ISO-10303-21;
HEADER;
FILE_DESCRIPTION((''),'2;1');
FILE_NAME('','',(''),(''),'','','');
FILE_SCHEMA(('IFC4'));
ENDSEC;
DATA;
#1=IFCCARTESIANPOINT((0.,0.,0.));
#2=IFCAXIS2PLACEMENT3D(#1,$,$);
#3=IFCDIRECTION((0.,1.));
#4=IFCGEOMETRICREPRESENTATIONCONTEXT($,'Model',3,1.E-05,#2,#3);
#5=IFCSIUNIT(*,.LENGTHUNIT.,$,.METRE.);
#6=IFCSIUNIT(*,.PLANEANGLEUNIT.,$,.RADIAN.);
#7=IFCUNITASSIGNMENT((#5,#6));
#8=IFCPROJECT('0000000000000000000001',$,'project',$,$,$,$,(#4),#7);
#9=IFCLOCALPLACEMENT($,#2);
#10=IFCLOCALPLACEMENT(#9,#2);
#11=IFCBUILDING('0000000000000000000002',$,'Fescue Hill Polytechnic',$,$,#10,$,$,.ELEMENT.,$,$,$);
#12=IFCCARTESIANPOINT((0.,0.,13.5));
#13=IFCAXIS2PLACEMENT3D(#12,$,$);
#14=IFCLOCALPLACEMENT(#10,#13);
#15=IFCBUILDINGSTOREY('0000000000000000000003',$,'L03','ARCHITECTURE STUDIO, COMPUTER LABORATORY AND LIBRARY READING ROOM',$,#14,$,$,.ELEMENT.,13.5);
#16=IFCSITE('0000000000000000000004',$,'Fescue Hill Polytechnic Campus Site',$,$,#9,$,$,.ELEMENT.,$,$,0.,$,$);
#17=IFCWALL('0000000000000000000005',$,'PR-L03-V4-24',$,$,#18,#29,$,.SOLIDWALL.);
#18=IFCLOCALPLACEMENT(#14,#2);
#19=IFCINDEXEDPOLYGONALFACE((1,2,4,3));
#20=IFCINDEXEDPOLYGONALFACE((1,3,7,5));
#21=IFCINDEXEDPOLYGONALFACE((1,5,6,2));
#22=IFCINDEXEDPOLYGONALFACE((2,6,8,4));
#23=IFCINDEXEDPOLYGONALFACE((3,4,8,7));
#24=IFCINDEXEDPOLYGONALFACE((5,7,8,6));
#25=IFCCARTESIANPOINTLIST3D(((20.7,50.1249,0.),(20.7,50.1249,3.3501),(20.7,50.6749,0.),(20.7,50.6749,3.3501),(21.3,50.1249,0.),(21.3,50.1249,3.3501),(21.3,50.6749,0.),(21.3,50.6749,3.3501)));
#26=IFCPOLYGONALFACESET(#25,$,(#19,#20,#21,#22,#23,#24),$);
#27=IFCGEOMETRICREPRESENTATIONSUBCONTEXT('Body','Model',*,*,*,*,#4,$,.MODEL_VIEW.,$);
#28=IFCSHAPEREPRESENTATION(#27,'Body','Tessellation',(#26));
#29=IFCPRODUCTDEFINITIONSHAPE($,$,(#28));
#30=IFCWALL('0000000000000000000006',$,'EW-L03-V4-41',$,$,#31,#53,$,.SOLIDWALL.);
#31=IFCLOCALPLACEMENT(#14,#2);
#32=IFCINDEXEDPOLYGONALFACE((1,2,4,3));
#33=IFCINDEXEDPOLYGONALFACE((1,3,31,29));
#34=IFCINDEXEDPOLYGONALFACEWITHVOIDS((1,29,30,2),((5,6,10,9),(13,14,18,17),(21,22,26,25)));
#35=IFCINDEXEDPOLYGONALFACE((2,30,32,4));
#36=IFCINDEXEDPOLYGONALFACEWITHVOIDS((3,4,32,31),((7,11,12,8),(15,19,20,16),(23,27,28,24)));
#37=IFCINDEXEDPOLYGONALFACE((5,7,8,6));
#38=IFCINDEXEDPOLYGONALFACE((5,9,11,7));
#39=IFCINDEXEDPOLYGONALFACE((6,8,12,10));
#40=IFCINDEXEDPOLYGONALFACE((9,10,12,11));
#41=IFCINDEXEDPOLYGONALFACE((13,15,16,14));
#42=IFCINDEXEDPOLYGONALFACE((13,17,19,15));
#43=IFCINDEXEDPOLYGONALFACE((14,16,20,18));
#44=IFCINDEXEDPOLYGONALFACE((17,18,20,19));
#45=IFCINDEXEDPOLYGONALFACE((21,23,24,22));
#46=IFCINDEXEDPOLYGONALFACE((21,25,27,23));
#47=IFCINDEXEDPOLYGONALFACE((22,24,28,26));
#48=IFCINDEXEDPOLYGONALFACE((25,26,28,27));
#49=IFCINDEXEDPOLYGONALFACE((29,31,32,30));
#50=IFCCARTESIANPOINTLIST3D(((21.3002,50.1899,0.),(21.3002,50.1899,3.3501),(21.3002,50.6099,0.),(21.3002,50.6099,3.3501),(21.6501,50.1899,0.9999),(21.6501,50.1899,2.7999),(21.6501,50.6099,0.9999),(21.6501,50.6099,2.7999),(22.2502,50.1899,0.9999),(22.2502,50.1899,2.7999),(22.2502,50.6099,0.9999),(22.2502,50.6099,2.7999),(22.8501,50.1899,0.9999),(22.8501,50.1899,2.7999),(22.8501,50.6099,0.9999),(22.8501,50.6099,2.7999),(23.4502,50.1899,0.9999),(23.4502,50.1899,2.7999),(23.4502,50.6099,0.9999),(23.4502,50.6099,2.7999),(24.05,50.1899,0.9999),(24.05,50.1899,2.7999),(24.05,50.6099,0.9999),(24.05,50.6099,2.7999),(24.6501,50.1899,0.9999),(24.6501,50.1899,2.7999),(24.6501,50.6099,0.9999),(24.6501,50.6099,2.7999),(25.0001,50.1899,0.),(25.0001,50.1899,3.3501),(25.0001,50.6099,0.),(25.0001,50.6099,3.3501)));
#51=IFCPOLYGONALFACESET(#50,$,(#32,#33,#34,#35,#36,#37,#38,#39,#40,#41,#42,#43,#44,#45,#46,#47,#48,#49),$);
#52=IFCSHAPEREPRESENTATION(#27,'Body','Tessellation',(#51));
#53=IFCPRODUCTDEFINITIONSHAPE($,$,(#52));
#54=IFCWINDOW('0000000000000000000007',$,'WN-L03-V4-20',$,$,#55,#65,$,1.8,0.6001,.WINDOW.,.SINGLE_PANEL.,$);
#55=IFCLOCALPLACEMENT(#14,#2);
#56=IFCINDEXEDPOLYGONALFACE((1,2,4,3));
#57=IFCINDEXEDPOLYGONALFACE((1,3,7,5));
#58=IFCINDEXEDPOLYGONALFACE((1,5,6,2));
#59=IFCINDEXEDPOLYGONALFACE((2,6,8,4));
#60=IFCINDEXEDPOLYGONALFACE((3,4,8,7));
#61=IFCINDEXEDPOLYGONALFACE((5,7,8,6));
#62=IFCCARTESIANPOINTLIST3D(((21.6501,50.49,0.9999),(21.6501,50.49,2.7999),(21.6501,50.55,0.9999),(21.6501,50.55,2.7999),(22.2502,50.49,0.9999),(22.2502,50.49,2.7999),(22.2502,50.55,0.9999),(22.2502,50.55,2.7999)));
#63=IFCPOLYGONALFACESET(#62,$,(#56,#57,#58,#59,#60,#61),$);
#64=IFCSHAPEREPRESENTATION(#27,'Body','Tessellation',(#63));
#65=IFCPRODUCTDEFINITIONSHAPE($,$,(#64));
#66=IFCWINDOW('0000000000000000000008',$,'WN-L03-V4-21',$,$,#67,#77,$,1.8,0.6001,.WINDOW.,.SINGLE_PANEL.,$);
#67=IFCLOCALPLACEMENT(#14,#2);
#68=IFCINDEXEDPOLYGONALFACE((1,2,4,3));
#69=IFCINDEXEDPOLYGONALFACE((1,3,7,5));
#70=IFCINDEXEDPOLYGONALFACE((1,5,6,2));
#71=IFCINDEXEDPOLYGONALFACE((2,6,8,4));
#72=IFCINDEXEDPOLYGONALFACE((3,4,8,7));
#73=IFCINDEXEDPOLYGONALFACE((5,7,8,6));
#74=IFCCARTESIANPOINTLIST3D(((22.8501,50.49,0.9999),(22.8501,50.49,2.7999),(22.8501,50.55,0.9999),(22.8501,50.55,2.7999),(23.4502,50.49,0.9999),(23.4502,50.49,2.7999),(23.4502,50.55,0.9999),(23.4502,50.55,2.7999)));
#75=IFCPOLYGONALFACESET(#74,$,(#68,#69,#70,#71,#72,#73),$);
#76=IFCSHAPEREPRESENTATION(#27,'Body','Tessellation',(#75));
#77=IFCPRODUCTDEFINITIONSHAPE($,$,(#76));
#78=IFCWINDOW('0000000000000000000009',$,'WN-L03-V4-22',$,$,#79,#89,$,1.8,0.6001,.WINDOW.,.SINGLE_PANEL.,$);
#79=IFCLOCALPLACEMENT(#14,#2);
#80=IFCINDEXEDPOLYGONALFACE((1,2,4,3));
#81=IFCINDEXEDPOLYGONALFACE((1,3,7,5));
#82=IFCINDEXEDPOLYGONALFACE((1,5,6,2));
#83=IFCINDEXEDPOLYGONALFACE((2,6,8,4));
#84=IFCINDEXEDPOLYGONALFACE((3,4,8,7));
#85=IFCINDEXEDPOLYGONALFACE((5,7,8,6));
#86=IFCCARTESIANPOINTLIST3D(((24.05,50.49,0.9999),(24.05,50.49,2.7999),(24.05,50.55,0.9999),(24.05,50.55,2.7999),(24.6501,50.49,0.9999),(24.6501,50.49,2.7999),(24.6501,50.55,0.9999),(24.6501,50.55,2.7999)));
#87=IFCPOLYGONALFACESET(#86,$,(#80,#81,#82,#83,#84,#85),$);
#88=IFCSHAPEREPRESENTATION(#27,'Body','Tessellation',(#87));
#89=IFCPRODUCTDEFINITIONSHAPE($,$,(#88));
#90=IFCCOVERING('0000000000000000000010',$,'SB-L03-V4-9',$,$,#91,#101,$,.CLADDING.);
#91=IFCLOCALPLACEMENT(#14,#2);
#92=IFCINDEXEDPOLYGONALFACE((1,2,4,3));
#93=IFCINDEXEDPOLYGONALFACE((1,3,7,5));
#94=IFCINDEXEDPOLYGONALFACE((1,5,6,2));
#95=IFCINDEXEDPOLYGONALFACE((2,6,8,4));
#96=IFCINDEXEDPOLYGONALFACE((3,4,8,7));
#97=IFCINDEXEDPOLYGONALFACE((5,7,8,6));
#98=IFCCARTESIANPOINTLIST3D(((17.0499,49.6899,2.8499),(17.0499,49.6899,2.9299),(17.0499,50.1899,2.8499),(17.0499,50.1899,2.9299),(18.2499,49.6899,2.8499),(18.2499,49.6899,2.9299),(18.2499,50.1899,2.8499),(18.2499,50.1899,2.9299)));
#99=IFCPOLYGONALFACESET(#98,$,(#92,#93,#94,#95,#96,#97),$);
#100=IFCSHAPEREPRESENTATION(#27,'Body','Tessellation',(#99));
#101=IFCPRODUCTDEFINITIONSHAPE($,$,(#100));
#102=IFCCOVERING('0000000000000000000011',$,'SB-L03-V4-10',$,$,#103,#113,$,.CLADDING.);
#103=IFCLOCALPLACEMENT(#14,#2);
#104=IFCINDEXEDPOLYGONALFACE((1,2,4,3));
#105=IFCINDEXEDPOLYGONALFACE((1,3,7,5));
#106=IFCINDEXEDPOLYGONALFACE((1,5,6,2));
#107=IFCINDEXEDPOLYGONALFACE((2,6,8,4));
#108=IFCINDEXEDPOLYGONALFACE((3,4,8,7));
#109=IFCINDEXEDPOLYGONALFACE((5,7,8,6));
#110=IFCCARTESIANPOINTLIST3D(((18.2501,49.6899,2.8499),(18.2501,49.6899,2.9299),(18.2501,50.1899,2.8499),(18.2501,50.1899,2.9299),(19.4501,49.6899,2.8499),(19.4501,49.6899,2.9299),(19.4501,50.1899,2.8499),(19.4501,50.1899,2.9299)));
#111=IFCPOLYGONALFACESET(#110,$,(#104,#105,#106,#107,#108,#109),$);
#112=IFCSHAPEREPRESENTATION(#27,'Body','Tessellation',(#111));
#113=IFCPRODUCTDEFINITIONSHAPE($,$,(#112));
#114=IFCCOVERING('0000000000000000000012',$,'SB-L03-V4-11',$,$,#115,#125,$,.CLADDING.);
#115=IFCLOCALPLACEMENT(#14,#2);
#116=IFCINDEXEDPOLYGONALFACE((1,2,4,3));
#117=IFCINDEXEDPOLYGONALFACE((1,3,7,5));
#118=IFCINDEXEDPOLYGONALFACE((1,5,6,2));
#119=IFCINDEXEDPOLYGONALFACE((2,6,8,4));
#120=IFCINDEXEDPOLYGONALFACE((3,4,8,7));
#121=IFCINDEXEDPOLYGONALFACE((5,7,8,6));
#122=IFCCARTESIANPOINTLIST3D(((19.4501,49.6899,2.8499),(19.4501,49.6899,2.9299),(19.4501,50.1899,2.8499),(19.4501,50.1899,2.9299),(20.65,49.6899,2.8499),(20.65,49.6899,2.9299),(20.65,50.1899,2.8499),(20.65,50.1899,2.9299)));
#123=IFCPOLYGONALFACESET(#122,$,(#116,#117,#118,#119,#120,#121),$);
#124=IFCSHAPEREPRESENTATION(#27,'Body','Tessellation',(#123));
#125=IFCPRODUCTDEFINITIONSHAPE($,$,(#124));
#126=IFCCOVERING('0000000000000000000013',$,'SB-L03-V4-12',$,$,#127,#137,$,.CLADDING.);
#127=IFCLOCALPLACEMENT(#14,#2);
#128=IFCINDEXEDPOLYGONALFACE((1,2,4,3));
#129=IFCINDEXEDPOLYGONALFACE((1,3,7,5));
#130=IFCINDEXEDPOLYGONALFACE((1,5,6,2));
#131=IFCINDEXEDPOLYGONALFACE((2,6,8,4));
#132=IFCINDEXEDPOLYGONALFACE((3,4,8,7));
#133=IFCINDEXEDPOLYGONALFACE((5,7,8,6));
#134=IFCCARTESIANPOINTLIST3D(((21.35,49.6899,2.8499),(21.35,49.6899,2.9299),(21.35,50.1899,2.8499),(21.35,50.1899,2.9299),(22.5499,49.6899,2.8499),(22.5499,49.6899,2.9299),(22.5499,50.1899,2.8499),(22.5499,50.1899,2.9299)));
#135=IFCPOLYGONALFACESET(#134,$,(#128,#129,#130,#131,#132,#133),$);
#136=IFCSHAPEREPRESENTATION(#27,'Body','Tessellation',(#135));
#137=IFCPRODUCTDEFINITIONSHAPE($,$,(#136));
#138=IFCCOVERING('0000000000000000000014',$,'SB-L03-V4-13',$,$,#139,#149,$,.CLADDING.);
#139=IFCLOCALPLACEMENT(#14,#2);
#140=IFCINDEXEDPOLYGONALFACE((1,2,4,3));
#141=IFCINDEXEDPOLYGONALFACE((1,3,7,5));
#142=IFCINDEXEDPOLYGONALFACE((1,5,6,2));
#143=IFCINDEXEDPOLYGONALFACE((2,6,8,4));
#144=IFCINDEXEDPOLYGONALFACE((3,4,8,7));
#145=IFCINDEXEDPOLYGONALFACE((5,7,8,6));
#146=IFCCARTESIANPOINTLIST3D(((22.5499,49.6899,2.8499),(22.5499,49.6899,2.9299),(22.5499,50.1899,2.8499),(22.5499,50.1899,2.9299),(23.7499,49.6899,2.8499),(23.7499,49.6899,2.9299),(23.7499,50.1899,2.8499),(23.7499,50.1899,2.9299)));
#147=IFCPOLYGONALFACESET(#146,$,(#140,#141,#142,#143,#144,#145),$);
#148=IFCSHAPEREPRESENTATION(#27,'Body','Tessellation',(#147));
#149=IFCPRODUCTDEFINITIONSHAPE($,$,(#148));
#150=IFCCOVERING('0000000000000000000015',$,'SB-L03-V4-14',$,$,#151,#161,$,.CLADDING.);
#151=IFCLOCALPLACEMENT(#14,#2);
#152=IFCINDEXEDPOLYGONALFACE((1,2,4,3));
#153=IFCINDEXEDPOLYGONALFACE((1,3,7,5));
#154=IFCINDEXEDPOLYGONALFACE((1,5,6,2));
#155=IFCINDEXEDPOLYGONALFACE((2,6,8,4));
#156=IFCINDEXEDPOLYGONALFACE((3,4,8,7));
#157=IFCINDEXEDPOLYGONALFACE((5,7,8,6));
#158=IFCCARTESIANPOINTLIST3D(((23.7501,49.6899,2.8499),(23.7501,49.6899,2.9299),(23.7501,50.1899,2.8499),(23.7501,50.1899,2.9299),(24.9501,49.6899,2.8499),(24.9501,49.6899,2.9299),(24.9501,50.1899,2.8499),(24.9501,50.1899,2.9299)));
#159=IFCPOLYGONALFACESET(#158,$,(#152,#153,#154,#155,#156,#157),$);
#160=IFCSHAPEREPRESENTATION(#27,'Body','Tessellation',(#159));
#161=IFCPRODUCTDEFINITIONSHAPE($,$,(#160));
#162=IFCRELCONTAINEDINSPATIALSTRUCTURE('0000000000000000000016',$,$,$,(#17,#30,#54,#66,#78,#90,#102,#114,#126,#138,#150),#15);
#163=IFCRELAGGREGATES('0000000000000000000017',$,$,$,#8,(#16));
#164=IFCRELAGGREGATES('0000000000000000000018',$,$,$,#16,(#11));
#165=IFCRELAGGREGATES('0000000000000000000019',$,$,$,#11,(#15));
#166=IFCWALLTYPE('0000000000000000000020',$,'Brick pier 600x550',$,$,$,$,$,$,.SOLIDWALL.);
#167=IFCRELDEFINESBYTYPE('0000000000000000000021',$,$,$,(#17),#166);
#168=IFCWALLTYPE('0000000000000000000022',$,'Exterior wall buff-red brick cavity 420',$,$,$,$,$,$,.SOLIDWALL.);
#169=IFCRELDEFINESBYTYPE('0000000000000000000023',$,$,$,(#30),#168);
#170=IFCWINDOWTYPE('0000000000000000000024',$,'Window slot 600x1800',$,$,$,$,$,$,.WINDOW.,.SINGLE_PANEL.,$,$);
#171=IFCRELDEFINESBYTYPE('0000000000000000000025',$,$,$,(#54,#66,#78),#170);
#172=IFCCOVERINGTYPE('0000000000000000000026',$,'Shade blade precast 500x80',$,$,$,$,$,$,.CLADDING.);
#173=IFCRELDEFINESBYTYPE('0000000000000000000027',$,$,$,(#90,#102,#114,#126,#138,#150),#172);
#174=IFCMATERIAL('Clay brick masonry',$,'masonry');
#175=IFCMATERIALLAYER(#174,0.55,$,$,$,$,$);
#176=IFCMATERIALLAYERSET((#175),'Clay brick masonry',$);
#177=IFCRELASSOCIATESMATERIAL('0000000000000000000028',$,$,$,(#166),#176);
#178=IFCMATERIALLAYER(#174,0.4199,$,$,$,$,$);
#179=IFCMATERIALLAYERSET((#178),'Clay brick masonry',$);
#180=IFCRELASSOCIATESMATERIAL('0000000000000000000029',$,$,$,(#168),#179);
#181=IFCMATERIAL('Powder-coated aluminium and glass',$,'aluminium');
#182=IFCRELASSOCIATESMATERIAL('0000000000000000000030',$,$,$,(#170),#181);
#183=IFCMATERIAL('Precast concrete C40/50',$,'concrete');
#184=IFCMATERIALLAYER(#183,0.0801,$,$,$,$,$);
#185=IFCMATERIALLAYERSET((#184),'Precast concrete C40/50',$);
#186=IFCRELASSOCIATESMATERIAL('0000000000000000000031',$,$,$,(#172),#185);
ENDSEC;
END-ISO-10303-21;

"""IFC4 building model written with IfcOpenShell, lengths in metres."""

from ifc_helpers import new_model, si_unit, direction, frame, frame_2d, origin, origin_2d, place, context, subcontext, project, spatial, rectangle, extrude, material, layer, layer_set, type_object, element, fill, save


model = new_model("IFC4")

# Units and contexts
model_context = context("Model", 3, precision=1e-05, world=origin(), true_north=direction((0.0, 1.0)))
body_context = subcontext(model_context, "Body", "Model", "MODEL_VIEW")
ifc_project = project(units=[si_unit("LENGTHUNIT", "METRE"), si_unit("PLANEANGLEUNIT", "RADIAN")], contexts=[model_context])

# Site, building, storey
site_placement = place(None, origin())
site = spatial("IfcSite", under=ifc_project, at=site_placement, Name="Fescue Hill Polytechnic Campus Site", CompositionType="ELEMENT", RefElevation=0.0)
building_placement = place(site_placement, origin())
building = spatial("IfcBuilding", under=site, at=building_placement, Name="Fescue Hill Polytechnic", CompositionType="ELEMENT")
storey_placement = place(building_placement, frame((0.0, 0.0, 13.5)))
storey = spatial("IfcBuildingStorey", under=building, at=storey_placement, Name="L03", Description="ARCHITECTURE STUDIO, COMPUTER LABORATORY AND LIBRARY READING ROOM", CompositionType="ELEMENT", Elevation=13.5)

# Wall
ifc_material_1 = material(Name="Clay brick masonry", Category="masonry")
ifc_layer_1 = layer(ifc_material_1, 0.55)
ifc_layer_set_1 = layer_set([ifc_layer_1], Name="Clay brick masonry")
wall_type_1 = type_object("IfcWallType", Name="Brick pier 600x550", PredefinedType="SOLIDWALL", material=ifc_layer_set_1)
wall_1_placement = place(storey_placement, frame((20.7, 50.3999, 0.0), z_axis=(0.0, 0.0, 1.0), x_axis=(1.0, 0.0, 0.0)))
element("IfcWall", 1, at=wall_1_placement, inside=storey, type_object=wall_type_1, Name="PR-L03-V4-24", PredefinedType="SOLIDWALL", context=body_context, shape_type="SweptSolid", body=[
    extrude(rectangle(XDim=0.6001, YDim=0.55, at=frame_2d((0.3, 0.0))), origin(), (0.0, 0.0, 1.0), 3.3501),
])

# Wall, openings, windows
ifc_layer_2 = layer(ifc_material_1, 0.4199)
ifc_layer_set_2 = layer_set([ifc_layer_2], Name="Clay brick masonry")
wall_type_2 = type_object("IfcWallType", Name="Exterior wall buff-red brick cavity 420", PredefinedType="SOLIDWALL", material=ifc_layer_set_2)
wall_2_placement = place(storey_placement, frame((21.3, 50.3999, 0.0), z_axis=(0.0, 0.0, 1.0), x_axis=(1.0, 0.0, 0.0)))
wall_2 = element("IfcWall", 2, at=wall_2_placement, inside=storey, type_object=wall_type_2, Name="EW-L03-V4-41", PredefinedType="SOLIDWALL", context=body_context, shape_type="SweptSolid", body=[
    extrude(rectangle(XDim=3.7, YDim=0.4199, at=frame_2d((1.8501, 0.0))), origin(), (0.0, 0.0, 1.0), 3.3501),
])
opening_1_placement = place(wall_2_placement, frame((0.3501, 0.0, 1.0)))
opening_1 = element("IfcOpeningElement", 3, at=opening_1_placement, cuts=wall_2, PredefinedType="OPENING", context=body_context, shape_type="SweptSolid", body=[
    extrude(rectangle(XDim=0.6001, YDim=1.8, at=frame_2d((0.3, 0.8999))), frame((0.0, 0.22, 0.0), z_axis=(0.0, -1.0, 0.0), x_axis=(1.0, 0.0, 0.0)), (0.0, 0.0, 1.0), 0.4399),
])
opening_2_placement = place(wall_2_placement, frame((1.55, 0.0, 1.0)))
opening_2 = element("IfcOpeningElement", 4, at=opening_2_placement, cuts=wall_2, PredefinedType="OPENING", context=body_context, shape_type="SweptSolid", body=[
    extrude(rectangle(XDim=0.6001, YDim=1.8, at=frame_2d((0.3, 0.8999))), frame((0.0, 0.22, 0.0), z_axis=(0.0, -1.0, 0.0), x_axis=(1.0, 0.0, 0.0)), (0.0, 0.0, 1.0), 0.4399),
])
opening_3_placement = place(wall_2_placement, frame((2.75, 0.0, 1.0)))
opening_3 = element("IfcOpeningElement", 5, at=opening_3_placement, cuts=wall_2, PredefinedType="OPENING", context=body_context, shape_type="SweptSolid", body=[
    extrude(rectangle(XDim=0.6001, YDim=1.8, at=frame_2d((0.3, 0.8999))), frame((0.0, 0.22, 0.0), z_axis=(0.0, -1.0, 0.0), x_axis=(1.0, 0.0, 0.0)), (0.0, 0.0, 1.0), 0.4399),
])
ifc_material_2 = material(Name="Powder-coated aluminium and glass", Category="aluminium")
window_type = type_object("IfcWindowType", Name="Window slot 600x1800", PartitioningType="SINGLE_PANEL", PredefinedType="WINDOW", material=ifc_material_2)
window_1_placement = place(opening_1_placement, origin())
window_1 = element("IfcWindow", 6, at=window_1_placement, inside=storey, type_object=window_type, Name="WN-L03-V4-20", OverallHeight=1.8, OverallWidth=0.6001, PartitioningType="SINGLE_PANEL", PredefinedType="WINDOW", context=body_context, shape_type="SweptSolid", body=[
    extrude(rectangle(XDim=0.6001, YDim=1.8, at=frame_2d((0.3, 0.8999))), frame((0.0, 0.1501, 0.0), z_axis=(0.0, -1.0, 0.0), x_axis=(1.0, 0.0, 0.0)), (0.0, 0.0, 1.0), 0.0601),
])
fill(opening_1, window_1)
window_2_placement = place(opening_2_placement, origin())
window_2 = element("IfcWindow", 7, at=window_2_placement, inside=storey, type_object=window_type, Name="WN-L03-V4-21", OverallHeight=1.8, OverallWidth=0.6001, PartitioningType="SINGLE_PANEL", PredefinedType="WINDOW", context=body_context, shape_type="SweptSolid", body=[
    extrude(rectangle(XDim=0.6001, YDim=1.8, at=frame_2d((0.3, 0.8999))), frame((0.0, 0.1501, 0.0), z_axis=(0.0, -1.0, 0.0), x_axis=(1.0, 0.0, 0.0)), (0.0, 0.0, 1.0), 0.0601),
])
fill(opening_2, window_2)
window_3_placement = place(opening_3_placement, origin())
window_3 = element("IfcWindow", 8, at=window_3_placement, inside=storey, type_object=window_type, Name="WN-L03-V4-22", OverallHeight=1.8, OverallWidth=0.6001, PartitioningType="SINGLE_PANEL", PredefinedType="WINDOW", context=body_context, shape_type="SweptSolid", body=[
    extrude(rectangle(XDim=0.6001, YDim=1.8, at=frame_2d((0.3, 0.8999))), frame((0.0, 0.1501, 0.0), z_axis=(0.0, -1.0, 0.0), x_axis=(1.0, 0.0, 0.0)), (0.0, 0.0, 1.0), 0.0601),
])
fill(opening_3, window_3)

# Coverings
ifc_material_3 = material(Name="Precast concrete C40/50", Category="concrete")
ifc_layer_3 = layer(ifc_material_3, 0.0801)
ifc_layer_set_3 = layer_set([ifc_layer_3], Name="Precast concrete C40/50")
covering_type = type_object("IfcCoveringType", Name="Shade blade precast 500x80", PredefinedType="CLADDING", material=ifc_layer_set_3)
for number, where, z_axis, x_axis, name in (
    (9, (17.6499, 49.9399, 2.8499), (0.0, 0.0, 1.0), (1.0, 0.0, 0.0), "SB-L03-V4-9"),
    (10, (18.8501, 49.9399, 2.8499), (0.0, 0.0, 1.0), (1.0, 0.0, 0.0), "SB-L03-V4-10"),
    (11, (20.05, 49.9399, 2.8499), (0.0, 0.0, 1.0), (1.0, 0.0, 0.0), "SB-L03-V4-11"),
    (12, (21.95, 49.9399, 2.8499), (0.0, 0.0, 1.0), (1.0, 0.0, 0.0), "SB-L03-V4-12"),
    (13, (23.1499, 49.9399, 2.8499), (0.0, 0.0, 1.0), (1.0, 0.0, 0.0), "SB-L03-V4-13"),
    (14, (24.3501, 49.9399, 2.8499), (0.0, 0.0, 1.0), (1.0, 0.0, 0.0), "SB-L03-V4-14"),
):
    element("IfcCovering", number, at=place(storey_placement, frame(where, z_axis=z_axis, x_axis=x_axis)), inside=storey, type_object=covering_type, Name=name, PredefinedType="CLADDING", context=body_context, shape_type="SweptSolid", body=[
        extrude(rectangle(XDim=1.2, YDim=0.5, at=origin_2d()), origin(), (0.0, 0.0, 1.0), 0.0801),
    ])

save(model, "model.ifc")
